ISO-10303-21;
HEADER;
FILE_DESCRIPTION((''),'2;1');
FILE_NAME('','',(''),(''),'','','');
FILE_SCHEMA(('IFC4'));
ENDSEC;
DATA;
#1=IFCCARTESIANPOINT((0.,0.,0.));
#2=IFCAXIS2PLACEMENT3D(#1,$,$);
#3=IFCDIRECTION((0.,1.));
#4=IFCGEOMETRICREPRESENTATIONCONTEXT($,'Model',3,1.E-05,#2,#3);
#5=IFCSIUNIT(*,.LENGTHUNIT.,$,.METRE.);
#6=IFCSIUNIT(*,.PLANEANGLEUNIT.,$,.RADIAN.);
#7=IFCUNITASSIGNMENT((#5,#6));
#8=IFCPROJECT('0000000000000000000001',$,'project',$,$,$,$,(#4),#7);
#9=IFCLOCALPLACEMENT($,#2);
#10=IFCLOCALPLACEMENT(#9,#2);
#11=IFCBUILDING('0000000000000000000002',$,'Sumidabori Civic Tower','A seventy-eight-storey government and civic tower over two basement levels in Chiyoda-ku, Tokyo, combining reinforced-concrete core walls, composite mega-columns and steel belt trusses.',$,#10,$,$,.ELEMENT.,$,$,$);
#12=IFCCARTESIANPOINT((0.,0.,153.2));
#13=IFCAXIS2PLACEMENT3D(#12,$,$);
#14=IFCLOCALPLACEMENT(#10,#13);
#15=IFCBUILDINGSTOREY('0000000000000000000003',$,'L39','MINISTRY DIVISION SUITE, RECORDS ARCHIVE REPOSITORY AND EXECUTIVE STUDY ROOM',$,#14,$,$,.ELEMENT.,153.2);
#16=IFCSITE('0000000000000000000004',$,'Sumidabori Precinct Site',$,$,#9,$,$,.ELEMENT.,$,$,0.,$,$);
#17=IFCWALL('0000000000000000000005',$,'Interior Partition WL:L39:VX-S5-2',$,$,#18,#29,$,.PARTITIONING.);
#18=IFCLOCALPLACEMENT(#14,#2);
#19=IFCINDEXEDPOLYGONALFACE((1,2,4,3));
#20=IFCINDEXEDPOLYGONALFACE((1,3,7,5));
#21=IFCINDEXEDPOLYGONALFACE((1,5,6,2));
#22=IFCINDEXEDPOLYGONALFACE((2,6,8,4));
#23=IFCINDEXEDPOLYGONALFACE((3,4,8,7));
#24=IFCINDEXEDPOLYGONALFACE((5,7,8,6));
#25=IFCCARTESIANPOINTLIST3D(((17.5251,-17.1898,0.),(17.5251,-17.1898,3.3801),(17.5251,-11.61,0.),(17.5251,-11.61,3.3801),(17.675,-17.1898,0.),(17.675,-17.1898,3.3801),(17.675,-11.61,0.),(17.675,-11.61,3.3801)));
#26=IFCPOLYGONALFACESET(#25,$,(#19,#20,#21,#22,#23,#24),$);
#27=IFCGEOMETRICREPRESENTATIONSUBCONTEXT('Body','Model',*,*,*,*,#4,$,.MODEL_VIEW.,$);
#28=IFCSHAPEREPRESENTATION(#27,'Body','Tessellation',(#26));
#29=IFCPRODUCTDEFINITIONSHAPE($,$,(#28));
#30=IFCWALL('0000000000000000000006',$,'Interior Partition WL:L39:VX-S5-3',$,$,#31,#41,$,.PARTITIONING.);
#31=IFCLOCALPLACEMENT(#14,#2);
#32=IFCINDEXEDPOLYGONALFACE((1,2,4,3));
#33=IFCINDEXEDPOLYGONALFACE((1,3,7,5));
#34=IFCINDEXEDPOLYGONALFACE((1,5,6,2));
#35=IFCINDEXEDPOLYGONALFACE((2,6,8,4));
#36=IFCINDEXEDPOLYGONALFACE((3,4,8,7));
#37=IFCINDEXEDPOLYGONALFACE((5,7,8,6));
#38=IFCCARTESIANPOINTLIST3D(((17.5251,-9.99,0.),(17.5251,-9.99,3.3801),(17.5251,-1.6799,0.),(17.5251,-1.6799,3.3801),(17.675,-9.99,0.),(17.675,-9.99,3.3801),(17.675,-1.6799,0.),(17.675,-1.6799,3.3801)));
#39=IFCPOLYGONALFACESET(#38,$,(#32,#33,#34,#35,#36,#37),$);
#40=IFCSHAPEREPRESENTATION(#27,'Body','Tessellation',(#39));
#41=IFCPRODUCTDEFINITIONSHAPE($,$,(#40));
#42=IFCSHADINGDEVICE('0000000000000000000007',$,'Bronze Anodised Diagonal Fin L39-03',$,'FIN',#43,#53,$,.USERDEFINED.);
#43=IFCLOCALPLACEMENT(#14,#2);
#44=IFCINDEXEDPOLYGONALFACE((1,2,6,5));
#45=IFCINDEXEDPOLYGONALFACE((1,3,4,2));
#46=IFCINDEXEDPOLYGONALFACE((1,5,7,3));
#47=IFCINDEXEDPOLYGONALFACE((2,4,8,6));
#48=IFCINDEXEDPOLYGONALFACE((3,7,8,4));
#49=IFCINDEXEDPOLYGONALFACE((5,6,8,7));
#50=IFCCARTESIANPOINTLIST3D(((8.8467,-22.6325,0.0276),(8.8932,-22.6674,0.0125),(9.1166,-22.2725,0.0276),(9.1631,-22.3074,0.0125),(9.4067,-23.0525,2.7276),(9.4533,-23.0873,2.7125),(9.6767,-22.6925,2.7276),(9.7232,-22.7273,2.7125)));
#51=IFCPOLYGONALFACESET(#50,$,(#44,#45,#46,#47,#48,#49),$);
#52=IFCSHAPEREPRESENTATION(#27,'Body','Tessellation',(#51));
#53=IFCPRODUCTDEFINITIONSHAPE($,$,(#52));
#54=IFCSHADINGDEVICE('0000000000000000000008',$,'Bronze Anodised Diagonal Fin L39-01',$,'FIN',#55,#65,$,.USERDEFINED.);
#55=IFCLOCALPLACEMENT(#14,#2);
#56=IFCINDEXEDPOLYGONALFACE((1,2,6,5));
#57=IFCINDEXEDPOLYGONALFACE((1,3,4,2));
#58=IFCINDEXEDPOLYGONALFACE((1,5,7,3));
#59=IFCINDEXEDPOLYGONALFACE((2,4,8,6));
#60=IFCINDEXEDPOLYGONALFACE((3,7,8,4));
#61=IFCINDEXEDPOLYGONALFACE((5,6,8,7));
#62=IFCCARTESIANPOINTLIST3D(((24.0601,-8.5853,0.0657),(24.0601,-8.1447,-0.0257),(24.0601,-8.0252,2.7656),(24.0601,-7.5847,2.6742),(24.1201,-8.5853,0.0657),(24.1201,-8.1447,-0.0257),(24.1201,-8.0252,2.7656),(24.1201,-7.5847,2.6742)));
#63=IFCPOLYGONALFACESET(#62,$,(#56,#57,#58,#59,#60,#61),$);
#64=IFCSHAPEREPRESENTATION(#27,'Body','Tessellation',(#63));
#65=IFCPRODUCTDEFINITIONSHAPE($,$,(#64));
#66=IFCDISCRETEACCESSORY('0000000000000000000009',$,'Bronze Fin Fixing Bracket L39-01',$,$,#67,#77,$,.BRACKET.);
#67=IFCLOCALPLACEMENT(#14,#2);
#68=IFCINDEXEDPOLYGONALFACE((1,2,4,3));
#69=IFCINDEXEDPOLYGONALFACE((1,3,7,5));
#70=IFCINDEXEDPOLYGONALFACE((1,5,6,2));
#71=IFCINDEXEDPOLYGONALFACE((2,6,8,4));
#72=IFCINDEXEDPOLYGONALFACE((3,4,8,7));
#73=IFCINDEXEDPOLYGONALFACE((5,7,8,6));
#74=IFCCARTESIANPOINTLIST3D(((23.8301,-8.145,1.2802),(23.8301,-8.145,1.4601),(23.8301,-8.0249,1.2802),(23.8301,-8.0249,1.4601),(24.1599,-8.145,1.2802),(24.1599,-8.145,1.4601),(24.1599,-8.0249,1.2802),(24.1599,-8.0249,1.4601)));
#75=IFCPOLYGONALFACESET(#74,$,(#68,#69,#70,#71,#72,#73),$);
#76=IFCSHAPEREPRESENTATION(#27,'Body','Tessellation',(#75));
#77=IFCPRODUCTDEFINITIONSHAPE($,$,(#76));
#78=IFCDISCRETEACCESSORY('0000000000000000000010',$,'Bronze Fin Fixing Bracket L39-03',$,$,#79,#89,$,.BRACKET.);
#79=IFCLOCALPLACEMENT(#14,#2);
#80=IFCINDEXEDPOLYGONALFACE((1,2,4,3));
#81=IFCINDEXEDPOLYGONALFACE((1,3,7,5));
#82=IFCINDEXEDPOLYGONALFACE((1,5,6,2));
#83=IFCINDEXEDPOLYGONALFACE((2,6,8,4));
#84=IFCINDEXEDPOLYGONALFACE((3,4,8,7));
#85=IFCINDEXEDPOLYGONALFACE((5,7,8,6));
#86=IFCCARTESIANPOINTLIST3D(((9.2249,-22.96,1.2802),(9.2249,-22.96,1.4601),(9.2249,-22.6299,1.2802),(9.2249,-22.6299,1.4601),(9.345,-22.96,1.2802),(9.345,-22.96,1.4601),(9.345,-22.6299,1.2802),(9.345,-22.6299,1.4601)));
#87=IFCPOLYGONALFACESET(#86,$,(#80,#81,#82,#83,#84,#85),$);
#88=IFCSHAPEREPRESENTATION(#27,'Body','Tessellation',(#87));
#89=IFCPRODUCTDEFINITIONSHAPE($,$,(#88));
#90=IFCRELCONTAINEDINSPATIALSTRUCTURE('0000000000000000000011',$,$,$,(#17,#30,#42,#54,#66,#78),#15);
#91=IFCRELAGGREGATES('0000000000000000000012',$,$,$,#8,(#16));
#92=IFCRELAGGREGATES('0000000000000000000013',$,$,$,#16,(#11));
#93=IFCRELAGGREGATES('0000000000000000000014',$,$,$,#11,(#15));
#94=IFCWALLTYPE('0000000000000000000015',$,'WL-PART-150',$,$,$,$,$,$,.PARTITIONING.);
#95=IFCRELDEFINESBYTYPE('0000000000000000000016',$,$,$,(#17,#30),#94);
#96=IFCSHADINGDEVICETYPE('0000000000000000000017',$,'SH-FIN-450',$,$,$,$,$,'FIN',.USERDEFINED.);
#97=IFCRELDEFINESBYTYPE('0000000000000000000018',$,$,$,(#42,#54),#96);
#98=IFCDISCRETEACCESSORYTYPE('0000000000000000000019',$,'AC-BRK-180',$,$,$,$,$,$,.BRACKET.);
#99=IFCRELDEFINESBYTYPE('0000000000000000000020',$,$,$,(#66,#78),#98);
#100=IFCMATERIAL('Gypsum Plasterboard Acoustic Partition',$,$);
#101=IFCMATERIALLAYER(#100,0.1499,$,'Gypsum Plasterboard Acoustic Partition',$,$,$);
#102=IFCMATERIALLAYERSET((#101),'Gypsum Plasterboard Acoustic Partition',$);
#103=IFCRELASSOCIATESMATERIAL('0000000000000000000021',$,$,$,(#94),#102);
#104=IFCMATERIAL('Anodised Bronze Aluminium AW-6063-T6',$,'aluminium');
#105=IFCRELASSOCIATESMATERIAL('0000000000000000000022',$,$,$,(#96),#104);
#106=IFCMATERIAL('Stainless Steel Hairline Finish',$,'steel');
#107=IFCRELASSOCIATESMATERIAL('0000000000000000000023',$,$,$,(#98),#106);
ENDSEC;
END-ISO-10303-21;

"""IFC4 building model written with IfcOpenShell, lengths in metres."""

from ifc_helpers import new_model, si_unit, direction, frame, frame_2d, origin, origin_2d, place, context, subcontext, project, spatial, rectangle, extrude, source, transform, mapped, material, layer, layer_set, material_profile, profile_set, type_object, element, save


model = new_model("IFC4")

# Units and contexts
model_context = context("Model", 3, precision=1e-05, world=origin(), true_north=direction((0.0, 1.0)))
body_context = subcontext(model_context, "Body", "Model", "MODEL_VIEW")
ifc_project = project(units=[si_unit("LENGTHUNIT", "METRE"), si_unit("PLANEANGLEUNIT", "RADIAN")], contexts=[model_context])

# Site, building, storey
site_placement = place(None, origin())
site = spatial("IfcSite", under=ifc_project, at=site_placement, Name="Sumidabori Precinct Site", CompositionType="ELEMENT", RefElevation=0.0)
building_placement = place(site_placement, origin())
building = spatial("IfcBuilding", under=site, at=building_placement, Name="Sumidabori Civic Tower", Description="A seventy-eight-storey government and civic tower over two basement levels in Chiyoda-ku, Tokyo, combining reinforced-concrete core walls, composite mega-columns and steel belt trusses.", CompositionType="ELEMENT")
storey_placement = place(building_placement, frame((0.0, 0.0, 153.2)))
storey = spatial("IfcBuildingStorey", under=building, at=storey_placement, Name="L39", Description="MINISTRY DIVISION SUITE, RECORDS ARCHIVE REPOSITORY AND EXECUTIVE STUDY ROOM", CompositionType="ELEMENT", Elevation=153.2)

# Shared definitions
ifc_material_1 = material(Name="Anodised Bronze Aluminium AW-6063-T6", Category="aluminium")

# Shared definitions
ifc_material_2 = material(Name="Gypsum Plasterboard Acoustic Partition")
ifc_layer_1 = layer(ifc_material_2, 0.1499, Name="Gypsum Plasterboard Acoustic Partition")
ifc_layer_set_1 = layer_set([ifc_layer_1], Name="Gypsum Plasterboard Acoustic Partition")
wall_type_1 = type_object("IfcWallType", Name="WL-PART-150", PredefinedType="PARTITIONING", material=ifc_layer_set_1)

# Walls
shared_shape_1 = source(origin(), body_context, "Body", "SweptSolid", [
    extrude(rectangle(XDim=5.5798, YDim=0.1499, at=frame_2d((2.79, 0.0))), origin(), (0.0, 0.0, 1.0), 3.3801),
])
wall_1_placement = place(storey_placement, frame((17.6001, -17.1899, 0.0), z_axis=(0.0, 0.0, 1.0), x_axis=(0.0, 1.0, 0.0)))
element("IfcWall", 1, at=wall_1_placement, inside=storey, type_object=wall_type_1, Name="Interior Partition WL:L39:VX-S5-2", PredefinedType="PARTITIONING", context=body_context, shape_type="MappedRepresentation", body=[
    mapped(shared_shape_1, transform((0.0, 0.0, 0.0), x_axis=(1.0, 0.0, 0.0), y_axis=(0.0, 1.0, 0.0), z_axis=(0.0, 0.0, 1.0), scale=1.0)),
])
shared_shape_2 = source(origin(), body_context, "Body", "SweptSolid", [
    extrude(rectangle(XDim=8.3101, YDim=0.1499, at=frame_2d((4.155, 0.0))), origin(), (0.0, 0.0, 1.0), 3.3801),
])
wall_2_placement = place(storey_placement, frame((17.6001, -9.99, 0.0), z_axis=(0.0, 0.0, 1.0), x_axis=(0.0, 1.0, 0.0)))
element("IfcWall", 2, at=wall_2_placement, inside=storey, type_object=wall_type_1, Name="Interior Partition WL:L39:VX-S5-3", PredefinedType="PARTITIONING", context=body_context, shape_type="MappedRepresentation", body=[
    mapped(shared_shape_2, transform((0.0, 0.0, 0.0), x_axis=(1.0, 0.0, 0.0), y_axis=(0.0, 1.0, 0.0), z_axis=(0.0, 0.0, 1.0), scale=1.0)),
])

# Shading devices
ifc_material_profile_1 = material_profile(ifc_material_1, rectangle(XDim=0.0601, YDim=0.45, at=origin_2d()), Name="BRONZE FIN 450x60")
ifc_profile_set_1 = profile_set([ifc_material_profile_1], Name="Anodised Bronze Aluminium AW-6063-T6")
shading_device_type = type_object("IfcShadingDeviceType", Name="SH-FIN-450", ElementType="FIN", PredefinedType="USERDEFINED", material=ifc_profile_set_1)
shared_shape_3 = source(origin(), body_context, "Body", "SweptSolid", [
    extrude(rectangle(XDim=0.0601, YDim=0.45, at=origin_2d()), origin(), (0.0, 0.0, 1.0), 2.7893),
])
shading_device_1_placement = place(storey_placement, frame((9.0049, -22.47, 0.02), z_axis=(0.200794, -0.150552, 0.967996), x_axis=(0.774478, -0.580689, -0.250966)))
element("IfcShadingDevice", 3, at=shading_device_1_placement, inside=storey, type_object=shading_device_type, Name="Bronze Anodised Diagonal Fin L39-03", ObjectType="FIN", PredefinedType="USERDEFINED", context=body_context, shape_type="MappedRepresentation", body=[
    mapped(shared_shape_3, transform((0.0, 0.0, 0.0), x_axis=(1.0, 0.0, 0.0), y_axis=(0.0, 1.0, 0.0), z_axis=(0.0, 0.0, 1.0), scale=1.0)),
])
shared_shape_4 = source(origin(), body_context, "Body", "SweptSolid", [
    extrude(rectangle(XDim=0.0601, YDim=0.45, at=origin_2d()), origin(), (0.0, 0.0, 1.0), 2.7573),
])
shading_device_2_placement = place(storey_placement, frame((24.0901, -8.365, 0.02), z_axis=(0.0, 0.203109, 0.979156), x_axis=(-1.0, 0.0, 0.0)))
element("IfcShadingDevice", 4, at=shading_device_2_placement, inside=storey, type_object=shading_device_type, Name="Bronze Anodised Diagonal Fin L39-01", ObjectType="FIN", PredefinedType="USERDEFINED", context=body_context, shape_type="MappedRepresentation", body=[
    mapped(shared_shape_4, transform((0.0, 0.0, 0.0), x_axis=(1.0, 0.0, 0.0), y_axis=(0.0, 1.0, 0.0), z_axis=(0.0, 0.0, 1.0), scale=1.0)),
])

# Discrete accessories
ifc_material_3 = material(Name="Stainless Steel Hairline Finish", Category="steel")
ifc_material_profile_2 = material_profile(ifc_material_3, rectangle(XDim=0.1201, YDim=0.1799, at=origin_2d()), Name="STEEL BRACKET 180x120")
ifc_profile_set_2 = profile_set([ifc_material_profile_2], Name="Stainless Steel Hairline Finish")
discrete_accessory_type = type_object("IfcDiscreteAccessoryType", Name="AC-BRK-180", PredefinedType="BRACKET", material=ifc_profile_set_2)
shared_shape_5 = source(origin(), body_context, "Body", "SweptSolid", [
    extrude(rectangle(XDim=0.1201, YDim=0.1799, at=origin_2d()), origin(), (0.0, 0.0, 1.0), 0.3298),
])
discrete_accessory_1_placement = place(storey_placement, frame((23.8301, -8.085, 1.3701), z_axis=(1.0, 0.0, 0.0), x_axis=(0.0, 1.0, 0.0)))
element("IfcDiscreteAccessory", 5, at=discrete_accessory_1_placement, inside=storey, type_object=discrete_accessory_type, Name="Bronze Fin Fixing Bracket L39-01", PredefinedType="BRACKET", context=body_context, shape_type="MappedRepresentation", body=[
    mapped(shared_shape_5, transform((0.0, 0.0, 0.0), x_axis=(1.0, 0.0, 0.0), y_axis=(0.0, 1.0, 0.0), z_axis=(0.0, 0.0, 1.0), scale=1.0)),
])
shared_shape_6 = source(origin(), body_context, "Body", "SweptSolid", [
    extrude(rectangle(XDim=0.1201, YDim=0.1799, at=origin_2d()), origin(), (0.0, 0.0, 1.0), 0.3301),
])
discrete_accessory_2_placement = place(storey_placement, frame((9.2849, -22.6299, 1.3701), z_axis=(0.0, -1.0, 0.0), x_axis=(1.0, 0.0, 0.0)))
element("IfcDiscreteAccessory", 6, at=discrete_accessory_2_placement, inside=storey, type_object=discrete_accessory_type, Name="Bronze Fin Fixing Bracket L39-03", PredefinedType="BRACKET", context=body_context, shape_type="MappedRepresentation", body=[
    mapped(shared_shape_6, transform((0.0, 0.0, 0.0), x_axis=(1.0, 0.0, 0.0), y_axis=(0.0, 1.0, 0.0), z_axis=(0.0, 0.0, 1.0), scale=1.0)),
])

save(model, "model.ifc")
